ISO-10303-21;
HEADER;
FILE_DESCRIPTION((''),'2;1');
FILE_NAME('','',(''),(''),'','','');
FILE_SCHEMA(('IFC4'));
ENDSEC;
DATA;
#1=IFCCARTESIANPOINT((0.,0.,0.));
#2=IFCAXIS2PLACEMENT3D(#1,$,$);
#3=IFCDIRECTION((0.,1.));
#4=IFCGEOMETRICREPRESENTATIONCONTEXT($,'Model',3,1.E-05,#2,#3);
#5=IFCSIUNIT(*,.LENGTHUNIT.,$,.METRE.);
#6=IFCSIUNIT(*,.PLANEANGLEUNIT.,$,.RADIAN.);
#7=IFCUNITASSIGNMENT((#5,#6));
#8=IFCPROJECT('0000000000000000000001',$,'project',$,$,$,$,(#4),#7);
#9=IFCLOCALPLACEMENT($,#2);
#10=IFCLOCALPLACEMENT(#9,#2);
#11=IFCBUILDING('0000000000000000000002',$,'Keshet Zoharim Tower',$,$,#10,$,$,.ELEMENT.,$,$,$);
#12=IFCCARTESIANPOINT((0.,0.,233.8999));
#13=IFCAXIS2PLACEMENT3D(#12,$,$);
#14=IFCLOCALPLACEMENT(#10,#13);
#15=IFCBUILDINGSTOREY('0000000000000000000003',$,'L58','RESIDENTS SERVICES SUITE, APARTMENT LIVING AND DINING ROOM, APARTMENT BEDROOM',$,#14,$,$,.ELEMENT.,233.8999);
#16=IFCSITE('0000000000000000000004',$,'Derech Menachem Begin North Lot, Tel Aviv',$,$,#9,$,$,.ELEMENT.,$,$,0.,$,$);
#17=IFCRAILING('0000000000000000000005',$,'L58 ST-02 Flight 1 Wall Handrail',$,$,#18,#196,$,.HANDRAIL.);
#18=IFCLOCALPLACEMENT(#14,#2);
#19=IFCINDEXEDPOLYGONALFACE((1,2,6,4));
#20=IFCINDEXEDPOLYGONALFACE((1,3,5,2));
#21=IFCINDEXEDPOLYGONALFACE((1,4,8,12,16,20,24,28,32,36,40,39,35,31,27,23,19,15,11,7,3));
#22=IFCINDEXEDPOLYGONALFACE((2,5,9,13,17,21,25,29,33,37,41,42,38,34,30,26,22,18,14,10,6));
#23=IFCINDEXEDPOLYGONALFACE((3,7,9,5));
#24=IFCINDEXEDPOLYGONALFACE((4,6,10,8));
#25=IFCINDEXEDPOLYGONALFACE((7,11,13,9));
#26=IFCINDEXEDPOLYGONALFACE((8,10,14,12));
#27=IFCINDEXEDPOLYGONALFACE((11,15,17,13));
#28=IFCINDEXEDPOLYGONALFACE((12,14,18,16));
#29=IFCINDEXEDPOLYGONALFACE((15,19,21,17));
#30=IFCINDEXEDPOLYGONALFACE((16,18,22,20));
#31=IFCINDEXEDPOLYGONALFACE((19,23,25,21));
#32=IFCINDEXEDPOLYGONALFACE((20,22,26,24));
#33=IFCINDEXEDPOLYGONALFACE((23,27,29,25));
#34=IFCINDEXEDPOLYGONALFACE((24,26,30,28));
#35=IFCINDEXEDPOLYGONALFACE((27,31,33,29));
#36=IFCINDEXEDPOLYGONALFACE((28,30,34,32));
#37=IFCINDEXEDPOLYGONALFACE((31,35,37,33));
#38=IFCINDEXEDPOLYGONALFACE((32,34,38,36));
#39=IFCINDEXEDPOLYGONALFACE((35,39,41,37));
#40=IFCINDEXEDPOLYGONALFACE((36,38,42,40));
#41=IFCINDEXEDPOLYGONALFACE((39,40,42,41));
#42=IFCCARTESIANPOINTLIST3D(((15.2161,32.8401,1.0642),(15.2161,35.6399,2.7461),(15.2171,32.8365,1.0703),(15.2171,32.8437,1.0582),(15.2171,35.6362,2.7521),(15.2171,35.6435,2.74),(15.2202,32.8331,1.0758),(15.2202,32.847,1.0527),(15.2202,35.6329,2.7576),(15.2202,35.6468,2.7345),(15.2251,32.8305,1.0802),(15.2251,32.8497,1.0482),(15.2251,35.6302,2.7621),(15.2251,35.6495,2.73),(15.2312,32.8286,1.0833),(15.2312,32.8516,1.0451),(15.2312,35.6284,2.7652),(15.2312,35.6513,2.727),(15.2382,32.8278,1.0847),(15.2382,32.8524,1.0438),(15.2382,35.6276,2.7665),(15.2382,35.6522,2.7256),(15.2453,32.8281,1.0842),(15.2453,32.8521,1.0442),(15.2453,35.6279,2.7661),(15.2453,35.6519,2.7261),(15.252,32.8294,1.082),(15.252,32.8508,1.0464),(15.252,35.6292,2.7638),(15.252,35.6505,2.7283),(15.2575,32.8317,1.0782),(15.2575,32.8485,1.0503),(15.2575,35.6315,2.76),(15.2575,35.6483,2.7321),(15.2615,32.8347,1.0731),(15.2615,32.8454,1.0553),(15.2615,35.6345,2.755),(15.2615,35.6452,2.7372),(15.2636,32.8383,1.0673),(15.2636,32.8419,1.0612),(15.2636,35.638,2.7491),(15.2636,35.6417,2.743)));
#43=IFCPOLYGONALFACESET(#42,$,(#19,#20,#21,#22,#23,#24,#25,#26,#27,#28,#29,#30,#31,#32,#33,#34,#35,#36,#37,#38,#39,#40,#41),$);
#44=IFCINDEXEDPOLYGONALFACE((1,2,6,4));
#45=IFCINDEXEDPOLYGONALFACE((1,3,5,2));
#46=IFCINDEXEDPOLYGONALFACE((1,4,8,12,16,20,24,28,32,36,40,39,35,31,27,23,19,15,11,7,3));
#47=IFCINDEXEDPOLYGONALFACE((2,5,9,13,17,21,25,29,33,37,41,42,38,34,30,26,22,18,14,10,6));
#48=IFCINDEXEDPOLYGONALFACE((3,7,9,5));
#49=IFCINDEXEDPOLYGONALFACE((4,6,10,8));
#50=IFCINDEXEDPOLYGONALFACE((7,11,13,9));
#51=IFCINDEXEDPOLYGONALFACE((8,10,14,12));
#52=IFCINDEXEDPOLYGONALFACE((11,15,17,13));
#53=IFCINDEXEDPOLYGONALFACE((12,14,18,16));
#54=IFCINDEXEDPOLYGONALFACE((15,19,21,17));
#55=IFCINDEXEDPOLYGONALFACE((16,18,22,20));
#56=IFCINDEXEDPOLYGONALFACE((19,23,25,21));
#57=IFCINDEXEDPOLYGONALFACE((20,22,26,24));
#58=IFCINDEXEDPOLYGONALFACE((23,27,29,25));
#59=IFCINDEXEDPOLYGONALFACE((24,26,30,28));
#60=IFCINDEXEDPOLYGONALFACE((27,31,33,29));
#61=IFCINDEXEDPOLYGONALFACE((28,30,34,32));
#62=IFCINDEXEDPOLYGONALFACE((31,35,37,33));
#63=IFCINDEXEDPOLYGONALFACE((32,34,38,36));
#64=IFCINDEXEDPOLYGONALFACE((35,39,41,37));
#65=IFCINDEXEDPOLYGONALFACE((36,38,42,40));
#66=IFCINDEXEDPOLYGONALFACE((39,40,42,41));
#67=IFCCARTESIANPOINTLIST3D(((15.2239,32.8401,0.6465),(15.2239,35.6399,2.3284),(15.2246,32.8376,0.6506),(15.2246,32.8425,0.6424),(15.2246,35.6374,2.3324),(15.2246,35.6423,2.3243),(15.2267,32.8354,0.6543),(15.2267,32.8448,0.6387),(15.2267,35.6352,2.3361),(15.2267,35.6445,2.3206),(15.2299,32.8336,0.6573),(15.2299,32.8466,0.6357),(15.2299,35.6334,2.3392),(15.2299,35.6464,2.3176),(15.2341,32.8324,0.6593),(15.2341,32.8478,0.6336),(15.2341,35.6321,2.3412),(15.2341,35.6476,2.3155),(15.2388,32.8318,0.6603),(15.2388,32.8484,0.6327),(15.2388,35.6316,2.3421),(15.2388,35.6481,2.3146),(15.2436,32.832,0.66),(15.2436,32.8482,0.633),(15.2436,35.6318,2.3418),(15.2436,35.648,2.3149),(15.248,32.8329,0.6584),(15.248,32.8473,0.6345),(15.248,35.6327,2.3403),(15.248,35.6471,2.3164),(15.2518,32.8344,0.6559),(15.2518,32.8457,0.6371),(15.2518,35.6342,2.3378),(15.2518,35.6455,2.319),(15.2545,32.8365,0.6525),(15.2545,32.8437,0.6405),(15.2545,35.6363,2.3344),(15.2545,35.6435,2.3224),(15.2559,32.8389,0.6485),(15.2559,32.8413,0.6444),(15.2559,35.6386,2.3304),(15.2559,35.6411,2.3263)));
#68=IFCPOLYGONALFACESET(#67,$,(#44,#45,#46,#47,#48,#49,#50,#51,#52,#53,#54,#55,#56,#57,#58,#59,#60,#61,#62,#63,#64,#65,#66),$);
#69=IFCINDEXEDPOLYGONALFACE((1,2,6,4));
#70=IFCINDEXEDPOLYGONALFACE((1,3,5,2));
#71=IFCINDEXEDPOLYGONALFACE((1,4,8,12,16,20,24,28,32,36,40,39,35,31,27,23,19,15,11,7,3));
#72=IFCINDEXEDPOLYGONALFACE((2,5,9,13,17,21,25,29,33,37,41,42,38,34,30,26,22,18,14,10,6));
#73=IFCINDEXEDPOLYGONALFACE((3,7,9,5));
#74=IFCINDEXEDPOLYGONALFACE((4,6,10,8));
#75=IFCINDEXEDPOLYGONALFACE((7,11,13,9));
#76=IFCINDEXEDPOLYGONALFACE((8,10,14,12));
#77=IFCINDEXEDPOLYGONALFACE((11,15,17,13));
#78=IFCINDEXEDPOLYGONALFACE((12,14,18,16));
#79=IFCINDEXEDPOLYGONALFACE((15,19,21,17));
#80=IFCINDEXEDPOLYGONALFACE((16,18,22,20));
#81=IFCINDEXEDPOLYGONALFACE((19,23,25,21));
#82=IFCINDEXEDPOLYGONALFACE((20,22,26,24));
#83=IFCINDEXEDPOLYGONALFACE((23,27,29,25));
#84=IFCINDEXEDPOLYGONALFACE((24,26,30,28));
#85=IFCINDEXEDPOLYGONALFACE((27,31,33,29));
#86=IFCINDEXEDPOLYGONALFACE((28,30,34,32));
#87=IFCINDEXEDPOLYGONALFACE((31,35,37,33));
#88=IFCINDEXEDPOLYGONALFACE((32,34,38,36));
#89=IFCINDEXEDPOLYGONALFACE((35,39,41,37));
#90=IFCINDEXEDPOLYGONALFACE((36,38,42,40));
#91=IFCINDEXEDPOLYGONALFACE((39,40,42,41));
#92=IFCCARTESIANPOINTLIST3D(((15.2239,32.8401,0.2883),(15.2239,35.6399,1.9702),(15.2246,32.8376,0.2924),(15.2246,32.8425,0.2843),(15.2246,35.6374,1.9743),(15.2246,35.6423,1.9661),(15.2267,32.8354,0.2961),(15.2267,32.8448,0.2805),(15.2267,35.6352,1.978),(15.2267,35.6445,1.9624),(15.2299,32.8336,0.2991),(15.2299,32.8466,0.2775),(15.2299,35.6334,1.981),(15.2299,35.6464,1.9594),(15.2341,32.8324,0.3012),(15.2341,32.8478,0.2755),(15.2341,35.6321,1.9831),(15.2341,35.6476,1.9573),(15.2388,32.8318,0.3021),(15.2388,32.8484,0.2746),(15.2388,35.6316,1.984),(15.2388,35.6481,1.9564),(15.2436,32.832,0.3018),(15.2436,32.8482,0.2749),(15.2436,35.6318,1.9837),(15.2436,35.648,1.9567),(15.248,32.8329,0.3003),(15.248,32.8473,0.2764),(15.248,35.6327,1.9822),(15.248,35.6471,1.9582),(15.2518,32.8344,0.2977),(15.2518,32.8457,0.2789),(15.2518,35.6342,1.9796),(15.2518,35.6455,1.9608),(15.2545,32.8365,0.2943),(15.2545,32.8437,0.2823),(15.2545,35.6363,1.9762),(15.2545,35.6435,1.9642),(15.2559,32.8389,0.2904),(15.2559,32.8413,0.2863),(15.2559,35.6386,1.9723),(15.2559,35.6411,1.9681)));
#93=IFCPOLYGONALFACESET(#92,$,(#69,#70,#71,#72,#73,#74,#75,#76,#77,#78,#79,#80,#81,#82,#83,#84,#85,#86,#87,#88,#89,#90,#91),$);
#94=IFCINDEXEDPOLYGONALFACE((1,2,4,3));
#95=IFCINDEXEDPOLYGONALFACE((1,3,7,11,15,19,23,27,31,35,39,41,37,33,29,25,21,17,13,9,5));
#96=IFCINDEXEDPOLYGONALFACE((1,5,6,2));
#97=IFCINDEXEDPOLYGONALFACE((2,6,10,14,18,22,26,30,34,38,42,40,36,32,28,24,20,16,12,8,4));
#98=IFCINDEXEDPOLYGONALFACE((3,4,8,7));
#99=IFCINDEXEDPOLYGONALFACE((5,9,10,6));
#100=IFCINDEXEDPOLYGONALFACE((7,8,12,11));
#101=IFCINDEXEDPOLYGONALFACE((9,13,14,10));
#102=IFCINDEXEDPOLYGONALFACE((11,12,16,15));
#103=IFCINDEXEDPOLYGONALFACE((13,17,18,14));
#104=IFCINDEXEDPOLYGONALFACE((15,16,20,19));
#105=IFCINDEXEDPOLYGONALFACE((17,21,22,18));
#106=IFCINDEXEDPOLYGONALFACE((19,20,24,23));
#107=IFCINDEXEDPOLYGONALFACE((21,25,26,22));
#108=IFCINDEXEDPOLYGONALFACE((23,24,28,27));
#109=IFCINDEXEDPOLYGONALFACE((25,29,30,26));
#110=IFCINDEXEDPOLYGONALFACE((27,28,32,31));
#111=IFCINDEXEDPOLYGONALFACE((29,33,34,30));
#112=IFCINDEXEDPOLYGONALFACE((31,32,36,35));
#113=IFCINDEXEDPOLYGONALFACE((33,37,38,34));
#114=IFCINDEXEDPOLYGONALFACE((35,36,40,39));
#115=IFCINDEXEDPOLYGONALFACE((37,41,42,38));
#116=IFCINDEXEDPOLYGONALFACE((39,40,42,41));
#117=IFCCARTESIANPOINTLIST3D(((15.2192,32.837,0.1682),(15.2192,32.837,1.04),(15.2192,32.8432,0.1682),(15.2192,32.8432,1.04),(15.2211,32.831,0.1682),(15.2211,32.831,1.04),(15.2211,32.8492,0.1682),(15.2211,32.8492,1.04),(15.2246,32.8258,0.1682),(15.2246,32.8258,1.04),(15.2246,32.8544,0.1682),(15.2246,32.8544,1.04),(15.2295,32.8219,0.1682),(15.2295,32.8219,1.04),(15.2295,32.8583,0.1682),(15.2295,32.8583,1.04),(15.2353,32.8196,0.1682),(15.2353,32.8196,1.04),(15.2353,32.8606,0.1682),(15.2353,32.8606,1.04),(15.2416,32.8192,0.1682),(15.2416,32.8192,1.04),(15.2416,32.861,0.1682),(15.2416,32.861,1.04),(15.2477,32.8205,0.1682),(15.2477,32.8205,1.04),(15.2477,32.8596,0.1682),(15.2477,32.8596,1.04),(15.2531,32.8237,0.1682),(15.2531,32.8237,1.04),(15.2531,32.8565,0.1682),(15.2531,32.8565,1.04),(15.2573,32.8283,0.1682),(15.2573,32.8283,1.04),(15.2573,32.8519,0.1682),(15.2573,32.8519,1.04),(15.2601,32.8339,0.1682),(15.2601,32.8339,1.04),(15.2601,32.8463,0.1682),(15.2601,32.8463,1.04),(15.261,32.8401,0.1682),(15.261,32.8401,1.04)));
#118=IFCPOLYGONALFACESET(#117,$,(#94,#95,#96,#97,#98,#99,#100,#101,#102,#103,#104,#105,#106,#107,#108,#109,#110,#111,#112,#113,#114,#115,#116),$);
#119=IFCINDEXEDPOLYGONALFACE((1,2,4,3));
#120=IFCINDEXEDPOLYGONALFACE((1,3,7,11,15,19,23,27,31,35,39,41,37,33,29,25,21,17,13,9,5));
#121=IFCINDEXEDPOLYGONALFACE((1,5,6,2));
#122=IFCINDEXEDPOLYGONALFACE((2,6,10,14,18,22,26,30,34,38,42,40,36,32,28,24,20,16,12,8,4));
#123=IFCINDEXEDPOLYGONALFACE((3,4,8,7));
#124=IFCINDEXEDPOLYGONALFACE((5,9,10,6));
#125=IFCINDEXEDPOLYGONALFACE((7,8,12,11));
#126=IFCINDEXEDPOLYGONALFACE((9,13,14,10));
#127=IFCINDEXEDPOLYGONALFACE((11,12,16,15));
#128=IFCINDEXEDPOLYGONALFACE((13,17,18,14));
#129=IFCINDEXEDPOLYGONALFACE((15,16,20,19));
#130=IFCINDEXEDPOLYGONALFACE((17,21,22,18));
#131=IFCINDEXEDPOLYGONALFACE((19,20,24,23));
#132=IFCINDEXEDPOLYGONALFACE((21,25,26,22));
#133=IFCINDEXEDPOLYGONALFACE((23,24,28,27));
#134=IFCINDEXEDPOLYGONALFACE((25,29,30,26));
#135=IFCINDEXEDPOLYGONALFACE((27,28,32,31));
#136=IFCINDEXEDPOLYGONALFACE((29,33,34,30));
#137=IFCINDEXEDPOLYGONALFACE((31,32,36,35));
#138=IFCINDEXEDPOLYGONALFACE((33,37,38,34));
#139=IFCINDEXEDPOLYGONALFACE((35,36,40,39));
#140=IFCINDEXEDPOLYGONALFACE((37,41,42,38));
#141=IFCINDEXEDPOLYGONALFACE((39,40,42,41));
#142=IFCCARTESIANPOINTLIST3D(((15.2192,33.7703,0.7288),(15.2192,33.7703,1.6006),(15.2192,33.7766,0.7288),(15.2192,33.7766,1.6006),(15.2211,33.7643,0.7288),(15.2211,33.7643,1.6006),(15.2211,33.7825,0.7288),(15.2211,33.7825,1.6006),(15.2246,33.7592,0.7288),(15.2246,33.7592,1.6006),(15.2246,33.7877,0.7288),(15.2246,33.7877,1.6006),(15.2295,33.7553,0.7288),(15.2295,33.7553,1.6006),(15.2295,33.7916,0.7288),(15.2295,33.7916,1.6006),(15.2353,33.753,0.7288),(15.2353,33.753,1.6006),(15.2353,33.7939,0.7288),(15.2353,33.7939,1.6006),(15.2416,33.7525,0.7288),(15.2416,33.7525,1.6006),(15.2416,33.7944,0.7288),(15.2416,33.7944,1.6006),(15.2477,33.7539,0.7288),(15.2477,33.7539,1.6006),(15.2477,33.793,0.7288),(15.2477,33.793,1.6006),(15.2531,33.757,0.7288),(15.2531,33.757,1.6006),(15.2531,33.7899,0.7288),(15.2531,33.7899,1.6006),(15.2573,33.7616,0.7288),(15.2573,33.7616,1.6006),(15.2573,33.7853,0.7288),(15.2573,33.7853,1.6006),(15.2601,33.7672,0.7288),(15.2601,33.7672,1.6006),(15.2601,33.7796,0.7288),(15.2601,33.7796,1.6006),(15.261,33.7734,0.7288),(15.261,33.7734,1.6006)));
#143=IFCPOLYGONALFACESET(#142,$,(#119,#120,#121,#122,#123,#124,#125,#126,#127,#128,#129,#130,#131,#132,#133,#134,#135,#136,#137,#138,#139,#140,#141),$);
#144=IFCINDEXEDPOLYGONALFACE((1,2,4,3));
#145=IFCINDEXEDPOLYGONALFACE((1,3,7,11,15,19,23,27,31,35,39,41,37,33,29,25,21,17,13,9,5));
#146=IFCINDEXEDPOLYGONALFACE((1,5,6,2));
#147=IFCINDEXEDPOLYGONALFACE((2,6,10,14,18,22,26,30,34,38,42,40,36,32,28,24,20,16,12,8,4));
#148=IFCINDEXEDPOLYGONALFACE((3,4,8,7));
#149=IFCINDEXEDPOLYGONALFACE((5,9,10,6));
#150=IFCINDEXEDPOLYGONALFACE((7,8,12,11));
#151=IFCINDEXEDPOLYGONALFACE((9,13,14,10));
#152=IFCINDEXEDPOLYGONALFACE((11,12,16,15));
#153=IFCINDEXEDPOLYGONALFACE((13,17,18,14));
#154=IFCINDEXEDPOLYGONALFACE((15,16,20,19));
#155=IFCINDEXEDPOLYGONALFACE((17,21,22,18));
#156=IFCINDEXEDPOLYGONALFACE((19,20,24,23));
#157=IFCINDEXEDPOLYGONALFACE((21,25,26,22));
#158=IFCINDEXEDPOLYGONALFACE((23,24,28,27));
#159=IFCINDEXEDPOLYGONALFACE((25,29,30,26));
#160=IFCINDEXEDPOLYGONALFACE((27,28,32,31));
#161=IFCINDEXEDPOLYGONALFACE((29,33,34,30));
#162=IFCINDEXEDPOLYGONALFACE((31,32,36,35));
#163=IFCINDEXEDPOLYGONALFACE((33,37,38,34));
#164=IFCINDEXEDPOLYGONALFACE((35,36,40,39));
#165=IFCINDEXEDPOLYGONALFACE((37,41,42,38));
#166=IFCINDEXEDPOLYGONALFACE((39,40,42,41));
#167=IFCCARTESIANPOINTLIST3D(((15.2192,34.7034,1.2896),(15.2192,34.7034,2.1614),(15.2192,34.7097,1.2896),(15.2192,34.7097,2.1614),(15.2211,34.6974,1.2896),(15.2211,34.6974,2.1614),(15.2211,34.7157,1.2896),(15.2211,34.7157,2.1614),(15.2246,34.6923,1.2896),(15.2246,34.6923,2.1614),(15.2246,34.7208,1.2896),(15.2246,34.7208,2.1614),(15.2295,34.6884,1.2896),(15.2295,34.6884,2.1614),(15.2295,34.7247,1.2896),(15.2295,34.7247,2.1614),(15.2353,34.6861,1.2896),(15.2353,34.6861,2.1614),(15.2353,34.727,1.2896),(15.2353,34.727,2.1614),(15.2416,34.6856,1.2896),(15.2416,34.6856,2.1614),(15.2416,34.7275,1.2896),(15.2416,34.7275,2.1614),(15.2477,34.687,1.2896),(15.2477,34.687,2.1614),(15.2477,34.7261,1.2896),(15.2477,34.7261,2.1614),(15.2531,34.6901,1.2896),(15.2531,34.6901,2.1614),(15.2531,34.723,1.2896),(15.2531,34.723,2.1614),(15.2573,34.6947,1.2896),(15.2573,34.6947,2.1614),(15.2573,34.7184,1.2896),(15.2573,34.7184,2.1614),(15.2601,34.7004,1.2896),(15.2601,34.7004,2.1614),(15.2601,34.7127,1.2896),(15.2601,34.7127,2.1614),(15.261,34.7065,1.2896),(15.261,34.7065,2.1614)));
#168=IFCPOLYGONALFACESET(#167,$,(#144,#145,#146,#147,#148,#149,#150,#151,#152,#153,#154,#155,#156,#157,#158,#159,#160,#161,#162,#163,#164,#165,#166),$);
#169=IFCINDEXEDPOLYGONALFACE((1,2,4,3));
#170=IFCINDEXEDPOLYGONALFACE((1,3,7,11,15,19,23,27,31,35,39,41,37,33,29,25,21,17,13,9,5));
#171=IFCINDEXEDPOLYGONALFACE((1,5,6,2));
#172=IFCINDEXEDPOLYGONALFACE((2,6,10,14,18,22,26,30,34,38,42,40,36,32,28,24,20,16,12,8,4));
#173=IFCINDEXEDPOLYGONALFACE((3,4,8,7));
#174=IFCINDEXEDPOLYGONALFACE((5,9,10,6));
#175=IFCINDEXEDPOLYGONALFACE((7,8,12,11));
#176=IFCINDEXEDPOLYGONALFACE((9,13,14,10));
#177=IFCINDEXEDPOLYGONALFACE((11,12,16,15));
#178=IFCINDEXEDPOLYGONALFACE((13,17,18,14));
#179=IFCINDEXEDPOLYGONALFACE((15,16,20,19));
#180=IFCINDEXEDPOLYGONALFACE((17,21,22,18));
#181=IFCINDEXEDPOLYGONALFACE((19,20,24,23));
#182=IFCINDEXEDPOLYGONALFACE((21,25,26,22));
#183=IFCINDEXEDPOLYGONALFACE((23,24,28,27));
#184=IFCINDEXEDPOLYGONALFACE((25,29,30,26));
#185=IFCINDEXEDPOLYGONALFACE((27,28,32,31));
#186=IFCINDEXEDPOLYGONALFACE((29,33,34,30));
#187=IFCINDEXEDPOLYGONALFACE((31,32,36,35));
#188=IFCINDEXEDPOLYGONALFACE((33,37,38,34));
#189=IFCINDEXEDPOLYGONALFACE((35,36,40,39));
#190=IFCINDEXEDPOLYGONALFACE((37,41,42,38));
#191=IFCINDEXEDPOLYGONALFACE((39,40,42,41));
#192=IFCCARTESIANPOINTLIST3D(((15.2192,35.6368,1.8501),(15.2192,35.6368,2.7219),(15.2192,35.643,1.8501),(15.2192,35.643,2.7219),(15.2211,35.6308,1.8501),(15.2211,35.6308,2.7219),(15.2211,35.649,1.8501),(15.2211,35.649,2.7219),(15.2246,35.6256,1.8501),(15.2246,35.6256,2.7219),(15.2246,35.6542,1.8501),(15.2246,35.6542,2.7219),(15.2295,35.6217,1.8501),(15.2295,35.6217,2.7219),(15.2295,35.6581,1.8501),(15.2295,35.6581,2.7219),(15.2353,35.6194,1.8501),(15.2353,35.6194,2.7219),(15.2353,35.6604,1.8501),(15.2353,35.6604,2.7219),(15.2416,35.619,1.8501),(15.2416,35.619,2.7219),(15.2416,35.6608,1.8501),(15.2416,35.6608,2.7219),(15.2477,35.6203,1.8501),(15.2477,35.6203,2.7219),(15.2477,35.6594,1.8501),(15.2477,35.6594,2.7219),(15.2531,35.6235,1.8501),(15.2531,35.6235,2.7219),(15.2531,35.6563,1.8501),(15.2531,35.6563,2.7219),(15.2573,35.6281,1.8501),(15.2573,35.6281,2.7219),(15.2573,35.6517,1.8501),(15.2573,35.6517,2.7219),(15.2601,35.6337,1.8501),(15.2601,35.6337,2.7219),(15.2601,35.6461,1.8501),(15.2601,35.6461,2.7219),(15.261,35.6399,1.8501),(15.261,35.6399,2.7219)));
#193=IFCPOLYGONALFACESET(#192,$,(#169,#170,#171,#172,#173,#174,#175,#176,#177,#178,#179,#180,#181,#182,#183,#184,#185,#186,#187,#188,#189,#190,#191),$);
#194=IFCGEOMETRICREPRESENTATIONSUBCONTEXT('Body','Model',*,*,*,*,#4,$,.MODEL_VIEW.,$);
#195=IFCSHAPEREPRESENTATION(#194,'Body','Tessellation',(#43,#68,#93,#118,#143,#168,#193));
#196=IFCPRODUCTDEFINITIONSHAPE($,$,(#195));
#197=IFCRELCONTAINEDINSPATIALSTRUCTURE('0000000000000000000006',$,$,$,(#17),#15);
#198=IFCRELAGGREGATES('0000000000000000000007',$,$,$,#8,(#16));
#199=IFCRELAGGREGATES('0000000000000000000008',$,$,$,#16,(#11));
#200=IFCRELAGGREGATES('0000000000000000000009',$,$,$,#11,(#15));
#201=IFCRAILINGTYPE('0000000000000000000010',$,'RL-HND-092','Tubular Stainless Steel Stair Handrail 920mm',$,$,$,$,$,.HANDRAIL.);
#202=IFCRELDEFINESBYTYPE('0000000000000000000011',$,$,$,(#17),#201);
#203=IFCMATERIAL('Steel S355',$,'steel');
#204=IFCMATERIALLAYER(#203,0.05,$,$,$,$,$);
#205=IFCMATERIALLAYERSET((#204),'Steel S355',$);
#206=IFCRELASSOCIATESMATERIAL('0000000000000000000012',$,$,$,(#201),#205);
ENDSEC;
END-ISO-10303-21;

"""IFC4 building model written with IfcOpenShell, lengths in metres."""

from ifc_helpers import new_model, si_unit, direction, frame, origin, origin_2d, place, context, subcontext, project, spatial, circle, extrude, material, layer, layer_set, type_object, element, save


model = new_model("IFC4")

# Units and contexts
model_context = context("Model", 3, precision=1e-05, world=origin(), true_north=direction((0.0, 1.0)))
body_context = subcontext(model_context, "Body", "Model", "MODEL_VIEW")
ifc_project = project(units=[si_unit("LENGTHUNIT", "METRE"), si_unit("PLANEANGLEUNIT", "RADIAN")], contexts=[model_context])

# Site, building, storey
site_placement = place(None, origin())
site = spatial("IfcSite", under=ifc_project, at=site_placement, Name="Derech Menachem Begin North Lot, Tel Aviv", CompositionType="ELEMENT", RefElevation=0.0)
building_placement = place(site_placement, origin())
building = spatial("IfcBuilding", under=site, at=building_placement, Name="Keshet Zoharim Tower", CompositionType="ELEMENT")
storey_placement = place(building_placement, frame((0.0, 0.0, 233.8999)))
storey = spatial("IfcBuildingStorey", under=building, at=storey_placement, Name="L58", Description="RESIDENTS SERVICES SUITE, APARTMENT LIVING AND DINING ROOM, APARTMENT BEDROOM", CompositionType="ELEMENT", Elevation=233.8999)

# Shared definitions
ifc_material_1 = material(Name="Steel S355", Category="steel")

# Railing
ifc_layer_1 = layer(ifc_material_1, 0.05)
ifc_layer_set_1 = layer_set([ifc_layer_1], Name="Steel S355")
railing_type_1 = type_object("IfcRailingType", Name="RL-HND-092", Description="Tubular Stainless Steel Stair Handrail 920mm", PredefinedType="HANDRAIL", material=ifc_layer_set_1)
railing_1_placement = place(storey_placement, frame((15.24, 32.8401, 0.1682)))
element("IfcRailing", 1, at=railing_1_placement, inside=storey, type_object=railing_type_1, Name="L58 ST-02 Flight 1 Wall Handrail", PredefinedType="HANDRAIL", context=body_context, shape_type="SweptSolid", body=[
    extrude(circle(Radius=0.0239, at=origin_2d()), frame((0.0, 0.0, 0.896), z_axis=(0.0, 0.857222, 0.514946), x_axis=(-1.0, 0.0, 0.0)), (0.0, 0.0, 1.0), 3.2661),
    extrude(circle(Radius=0.0161, at=origin_2d()), frame((0.0, 0.0, 0.4783), z_axis=(0.0, 0.857222, 0.514946), x_axis=(-1.0, 0.0, 0.0)), (0.0, 0.0, 1.0), 3.2661),
    extrude(circle(Radius=0.0161, at=origin_2d()), frame((0.0, 0.0, 0.1201), z_axis=(0.0, 0.857222, 0.514946), x_axis=(-1.0, 0.0, 0.0)), (0.0, 0.0, 1.0), 3.2661),
    extrude(circle(Radius=0.021, at=origin_2d()), origin(), (0.0, 0.0, 1.0), 0.8718),
    extrude(circle(Radius=0.021, at=origin_2d()), frame((0.0, 0.9333, 0.5605)), (0.0, 0.0, 1.0), 0.8718),
    extrude(circle(Radius=0.021, at=origin_2d()), frame((0.0, 1.8665, 1.1213)), (0.0, 0.0, 1.0), 0.8718),
    extrude(circle(Radius=0.021, at=origin_2d()), frame((0.0, 2.7998, 1.6819)), (0.0, 0.0, 1.0), 0.8718),
])

save(model, "model.ifc")
